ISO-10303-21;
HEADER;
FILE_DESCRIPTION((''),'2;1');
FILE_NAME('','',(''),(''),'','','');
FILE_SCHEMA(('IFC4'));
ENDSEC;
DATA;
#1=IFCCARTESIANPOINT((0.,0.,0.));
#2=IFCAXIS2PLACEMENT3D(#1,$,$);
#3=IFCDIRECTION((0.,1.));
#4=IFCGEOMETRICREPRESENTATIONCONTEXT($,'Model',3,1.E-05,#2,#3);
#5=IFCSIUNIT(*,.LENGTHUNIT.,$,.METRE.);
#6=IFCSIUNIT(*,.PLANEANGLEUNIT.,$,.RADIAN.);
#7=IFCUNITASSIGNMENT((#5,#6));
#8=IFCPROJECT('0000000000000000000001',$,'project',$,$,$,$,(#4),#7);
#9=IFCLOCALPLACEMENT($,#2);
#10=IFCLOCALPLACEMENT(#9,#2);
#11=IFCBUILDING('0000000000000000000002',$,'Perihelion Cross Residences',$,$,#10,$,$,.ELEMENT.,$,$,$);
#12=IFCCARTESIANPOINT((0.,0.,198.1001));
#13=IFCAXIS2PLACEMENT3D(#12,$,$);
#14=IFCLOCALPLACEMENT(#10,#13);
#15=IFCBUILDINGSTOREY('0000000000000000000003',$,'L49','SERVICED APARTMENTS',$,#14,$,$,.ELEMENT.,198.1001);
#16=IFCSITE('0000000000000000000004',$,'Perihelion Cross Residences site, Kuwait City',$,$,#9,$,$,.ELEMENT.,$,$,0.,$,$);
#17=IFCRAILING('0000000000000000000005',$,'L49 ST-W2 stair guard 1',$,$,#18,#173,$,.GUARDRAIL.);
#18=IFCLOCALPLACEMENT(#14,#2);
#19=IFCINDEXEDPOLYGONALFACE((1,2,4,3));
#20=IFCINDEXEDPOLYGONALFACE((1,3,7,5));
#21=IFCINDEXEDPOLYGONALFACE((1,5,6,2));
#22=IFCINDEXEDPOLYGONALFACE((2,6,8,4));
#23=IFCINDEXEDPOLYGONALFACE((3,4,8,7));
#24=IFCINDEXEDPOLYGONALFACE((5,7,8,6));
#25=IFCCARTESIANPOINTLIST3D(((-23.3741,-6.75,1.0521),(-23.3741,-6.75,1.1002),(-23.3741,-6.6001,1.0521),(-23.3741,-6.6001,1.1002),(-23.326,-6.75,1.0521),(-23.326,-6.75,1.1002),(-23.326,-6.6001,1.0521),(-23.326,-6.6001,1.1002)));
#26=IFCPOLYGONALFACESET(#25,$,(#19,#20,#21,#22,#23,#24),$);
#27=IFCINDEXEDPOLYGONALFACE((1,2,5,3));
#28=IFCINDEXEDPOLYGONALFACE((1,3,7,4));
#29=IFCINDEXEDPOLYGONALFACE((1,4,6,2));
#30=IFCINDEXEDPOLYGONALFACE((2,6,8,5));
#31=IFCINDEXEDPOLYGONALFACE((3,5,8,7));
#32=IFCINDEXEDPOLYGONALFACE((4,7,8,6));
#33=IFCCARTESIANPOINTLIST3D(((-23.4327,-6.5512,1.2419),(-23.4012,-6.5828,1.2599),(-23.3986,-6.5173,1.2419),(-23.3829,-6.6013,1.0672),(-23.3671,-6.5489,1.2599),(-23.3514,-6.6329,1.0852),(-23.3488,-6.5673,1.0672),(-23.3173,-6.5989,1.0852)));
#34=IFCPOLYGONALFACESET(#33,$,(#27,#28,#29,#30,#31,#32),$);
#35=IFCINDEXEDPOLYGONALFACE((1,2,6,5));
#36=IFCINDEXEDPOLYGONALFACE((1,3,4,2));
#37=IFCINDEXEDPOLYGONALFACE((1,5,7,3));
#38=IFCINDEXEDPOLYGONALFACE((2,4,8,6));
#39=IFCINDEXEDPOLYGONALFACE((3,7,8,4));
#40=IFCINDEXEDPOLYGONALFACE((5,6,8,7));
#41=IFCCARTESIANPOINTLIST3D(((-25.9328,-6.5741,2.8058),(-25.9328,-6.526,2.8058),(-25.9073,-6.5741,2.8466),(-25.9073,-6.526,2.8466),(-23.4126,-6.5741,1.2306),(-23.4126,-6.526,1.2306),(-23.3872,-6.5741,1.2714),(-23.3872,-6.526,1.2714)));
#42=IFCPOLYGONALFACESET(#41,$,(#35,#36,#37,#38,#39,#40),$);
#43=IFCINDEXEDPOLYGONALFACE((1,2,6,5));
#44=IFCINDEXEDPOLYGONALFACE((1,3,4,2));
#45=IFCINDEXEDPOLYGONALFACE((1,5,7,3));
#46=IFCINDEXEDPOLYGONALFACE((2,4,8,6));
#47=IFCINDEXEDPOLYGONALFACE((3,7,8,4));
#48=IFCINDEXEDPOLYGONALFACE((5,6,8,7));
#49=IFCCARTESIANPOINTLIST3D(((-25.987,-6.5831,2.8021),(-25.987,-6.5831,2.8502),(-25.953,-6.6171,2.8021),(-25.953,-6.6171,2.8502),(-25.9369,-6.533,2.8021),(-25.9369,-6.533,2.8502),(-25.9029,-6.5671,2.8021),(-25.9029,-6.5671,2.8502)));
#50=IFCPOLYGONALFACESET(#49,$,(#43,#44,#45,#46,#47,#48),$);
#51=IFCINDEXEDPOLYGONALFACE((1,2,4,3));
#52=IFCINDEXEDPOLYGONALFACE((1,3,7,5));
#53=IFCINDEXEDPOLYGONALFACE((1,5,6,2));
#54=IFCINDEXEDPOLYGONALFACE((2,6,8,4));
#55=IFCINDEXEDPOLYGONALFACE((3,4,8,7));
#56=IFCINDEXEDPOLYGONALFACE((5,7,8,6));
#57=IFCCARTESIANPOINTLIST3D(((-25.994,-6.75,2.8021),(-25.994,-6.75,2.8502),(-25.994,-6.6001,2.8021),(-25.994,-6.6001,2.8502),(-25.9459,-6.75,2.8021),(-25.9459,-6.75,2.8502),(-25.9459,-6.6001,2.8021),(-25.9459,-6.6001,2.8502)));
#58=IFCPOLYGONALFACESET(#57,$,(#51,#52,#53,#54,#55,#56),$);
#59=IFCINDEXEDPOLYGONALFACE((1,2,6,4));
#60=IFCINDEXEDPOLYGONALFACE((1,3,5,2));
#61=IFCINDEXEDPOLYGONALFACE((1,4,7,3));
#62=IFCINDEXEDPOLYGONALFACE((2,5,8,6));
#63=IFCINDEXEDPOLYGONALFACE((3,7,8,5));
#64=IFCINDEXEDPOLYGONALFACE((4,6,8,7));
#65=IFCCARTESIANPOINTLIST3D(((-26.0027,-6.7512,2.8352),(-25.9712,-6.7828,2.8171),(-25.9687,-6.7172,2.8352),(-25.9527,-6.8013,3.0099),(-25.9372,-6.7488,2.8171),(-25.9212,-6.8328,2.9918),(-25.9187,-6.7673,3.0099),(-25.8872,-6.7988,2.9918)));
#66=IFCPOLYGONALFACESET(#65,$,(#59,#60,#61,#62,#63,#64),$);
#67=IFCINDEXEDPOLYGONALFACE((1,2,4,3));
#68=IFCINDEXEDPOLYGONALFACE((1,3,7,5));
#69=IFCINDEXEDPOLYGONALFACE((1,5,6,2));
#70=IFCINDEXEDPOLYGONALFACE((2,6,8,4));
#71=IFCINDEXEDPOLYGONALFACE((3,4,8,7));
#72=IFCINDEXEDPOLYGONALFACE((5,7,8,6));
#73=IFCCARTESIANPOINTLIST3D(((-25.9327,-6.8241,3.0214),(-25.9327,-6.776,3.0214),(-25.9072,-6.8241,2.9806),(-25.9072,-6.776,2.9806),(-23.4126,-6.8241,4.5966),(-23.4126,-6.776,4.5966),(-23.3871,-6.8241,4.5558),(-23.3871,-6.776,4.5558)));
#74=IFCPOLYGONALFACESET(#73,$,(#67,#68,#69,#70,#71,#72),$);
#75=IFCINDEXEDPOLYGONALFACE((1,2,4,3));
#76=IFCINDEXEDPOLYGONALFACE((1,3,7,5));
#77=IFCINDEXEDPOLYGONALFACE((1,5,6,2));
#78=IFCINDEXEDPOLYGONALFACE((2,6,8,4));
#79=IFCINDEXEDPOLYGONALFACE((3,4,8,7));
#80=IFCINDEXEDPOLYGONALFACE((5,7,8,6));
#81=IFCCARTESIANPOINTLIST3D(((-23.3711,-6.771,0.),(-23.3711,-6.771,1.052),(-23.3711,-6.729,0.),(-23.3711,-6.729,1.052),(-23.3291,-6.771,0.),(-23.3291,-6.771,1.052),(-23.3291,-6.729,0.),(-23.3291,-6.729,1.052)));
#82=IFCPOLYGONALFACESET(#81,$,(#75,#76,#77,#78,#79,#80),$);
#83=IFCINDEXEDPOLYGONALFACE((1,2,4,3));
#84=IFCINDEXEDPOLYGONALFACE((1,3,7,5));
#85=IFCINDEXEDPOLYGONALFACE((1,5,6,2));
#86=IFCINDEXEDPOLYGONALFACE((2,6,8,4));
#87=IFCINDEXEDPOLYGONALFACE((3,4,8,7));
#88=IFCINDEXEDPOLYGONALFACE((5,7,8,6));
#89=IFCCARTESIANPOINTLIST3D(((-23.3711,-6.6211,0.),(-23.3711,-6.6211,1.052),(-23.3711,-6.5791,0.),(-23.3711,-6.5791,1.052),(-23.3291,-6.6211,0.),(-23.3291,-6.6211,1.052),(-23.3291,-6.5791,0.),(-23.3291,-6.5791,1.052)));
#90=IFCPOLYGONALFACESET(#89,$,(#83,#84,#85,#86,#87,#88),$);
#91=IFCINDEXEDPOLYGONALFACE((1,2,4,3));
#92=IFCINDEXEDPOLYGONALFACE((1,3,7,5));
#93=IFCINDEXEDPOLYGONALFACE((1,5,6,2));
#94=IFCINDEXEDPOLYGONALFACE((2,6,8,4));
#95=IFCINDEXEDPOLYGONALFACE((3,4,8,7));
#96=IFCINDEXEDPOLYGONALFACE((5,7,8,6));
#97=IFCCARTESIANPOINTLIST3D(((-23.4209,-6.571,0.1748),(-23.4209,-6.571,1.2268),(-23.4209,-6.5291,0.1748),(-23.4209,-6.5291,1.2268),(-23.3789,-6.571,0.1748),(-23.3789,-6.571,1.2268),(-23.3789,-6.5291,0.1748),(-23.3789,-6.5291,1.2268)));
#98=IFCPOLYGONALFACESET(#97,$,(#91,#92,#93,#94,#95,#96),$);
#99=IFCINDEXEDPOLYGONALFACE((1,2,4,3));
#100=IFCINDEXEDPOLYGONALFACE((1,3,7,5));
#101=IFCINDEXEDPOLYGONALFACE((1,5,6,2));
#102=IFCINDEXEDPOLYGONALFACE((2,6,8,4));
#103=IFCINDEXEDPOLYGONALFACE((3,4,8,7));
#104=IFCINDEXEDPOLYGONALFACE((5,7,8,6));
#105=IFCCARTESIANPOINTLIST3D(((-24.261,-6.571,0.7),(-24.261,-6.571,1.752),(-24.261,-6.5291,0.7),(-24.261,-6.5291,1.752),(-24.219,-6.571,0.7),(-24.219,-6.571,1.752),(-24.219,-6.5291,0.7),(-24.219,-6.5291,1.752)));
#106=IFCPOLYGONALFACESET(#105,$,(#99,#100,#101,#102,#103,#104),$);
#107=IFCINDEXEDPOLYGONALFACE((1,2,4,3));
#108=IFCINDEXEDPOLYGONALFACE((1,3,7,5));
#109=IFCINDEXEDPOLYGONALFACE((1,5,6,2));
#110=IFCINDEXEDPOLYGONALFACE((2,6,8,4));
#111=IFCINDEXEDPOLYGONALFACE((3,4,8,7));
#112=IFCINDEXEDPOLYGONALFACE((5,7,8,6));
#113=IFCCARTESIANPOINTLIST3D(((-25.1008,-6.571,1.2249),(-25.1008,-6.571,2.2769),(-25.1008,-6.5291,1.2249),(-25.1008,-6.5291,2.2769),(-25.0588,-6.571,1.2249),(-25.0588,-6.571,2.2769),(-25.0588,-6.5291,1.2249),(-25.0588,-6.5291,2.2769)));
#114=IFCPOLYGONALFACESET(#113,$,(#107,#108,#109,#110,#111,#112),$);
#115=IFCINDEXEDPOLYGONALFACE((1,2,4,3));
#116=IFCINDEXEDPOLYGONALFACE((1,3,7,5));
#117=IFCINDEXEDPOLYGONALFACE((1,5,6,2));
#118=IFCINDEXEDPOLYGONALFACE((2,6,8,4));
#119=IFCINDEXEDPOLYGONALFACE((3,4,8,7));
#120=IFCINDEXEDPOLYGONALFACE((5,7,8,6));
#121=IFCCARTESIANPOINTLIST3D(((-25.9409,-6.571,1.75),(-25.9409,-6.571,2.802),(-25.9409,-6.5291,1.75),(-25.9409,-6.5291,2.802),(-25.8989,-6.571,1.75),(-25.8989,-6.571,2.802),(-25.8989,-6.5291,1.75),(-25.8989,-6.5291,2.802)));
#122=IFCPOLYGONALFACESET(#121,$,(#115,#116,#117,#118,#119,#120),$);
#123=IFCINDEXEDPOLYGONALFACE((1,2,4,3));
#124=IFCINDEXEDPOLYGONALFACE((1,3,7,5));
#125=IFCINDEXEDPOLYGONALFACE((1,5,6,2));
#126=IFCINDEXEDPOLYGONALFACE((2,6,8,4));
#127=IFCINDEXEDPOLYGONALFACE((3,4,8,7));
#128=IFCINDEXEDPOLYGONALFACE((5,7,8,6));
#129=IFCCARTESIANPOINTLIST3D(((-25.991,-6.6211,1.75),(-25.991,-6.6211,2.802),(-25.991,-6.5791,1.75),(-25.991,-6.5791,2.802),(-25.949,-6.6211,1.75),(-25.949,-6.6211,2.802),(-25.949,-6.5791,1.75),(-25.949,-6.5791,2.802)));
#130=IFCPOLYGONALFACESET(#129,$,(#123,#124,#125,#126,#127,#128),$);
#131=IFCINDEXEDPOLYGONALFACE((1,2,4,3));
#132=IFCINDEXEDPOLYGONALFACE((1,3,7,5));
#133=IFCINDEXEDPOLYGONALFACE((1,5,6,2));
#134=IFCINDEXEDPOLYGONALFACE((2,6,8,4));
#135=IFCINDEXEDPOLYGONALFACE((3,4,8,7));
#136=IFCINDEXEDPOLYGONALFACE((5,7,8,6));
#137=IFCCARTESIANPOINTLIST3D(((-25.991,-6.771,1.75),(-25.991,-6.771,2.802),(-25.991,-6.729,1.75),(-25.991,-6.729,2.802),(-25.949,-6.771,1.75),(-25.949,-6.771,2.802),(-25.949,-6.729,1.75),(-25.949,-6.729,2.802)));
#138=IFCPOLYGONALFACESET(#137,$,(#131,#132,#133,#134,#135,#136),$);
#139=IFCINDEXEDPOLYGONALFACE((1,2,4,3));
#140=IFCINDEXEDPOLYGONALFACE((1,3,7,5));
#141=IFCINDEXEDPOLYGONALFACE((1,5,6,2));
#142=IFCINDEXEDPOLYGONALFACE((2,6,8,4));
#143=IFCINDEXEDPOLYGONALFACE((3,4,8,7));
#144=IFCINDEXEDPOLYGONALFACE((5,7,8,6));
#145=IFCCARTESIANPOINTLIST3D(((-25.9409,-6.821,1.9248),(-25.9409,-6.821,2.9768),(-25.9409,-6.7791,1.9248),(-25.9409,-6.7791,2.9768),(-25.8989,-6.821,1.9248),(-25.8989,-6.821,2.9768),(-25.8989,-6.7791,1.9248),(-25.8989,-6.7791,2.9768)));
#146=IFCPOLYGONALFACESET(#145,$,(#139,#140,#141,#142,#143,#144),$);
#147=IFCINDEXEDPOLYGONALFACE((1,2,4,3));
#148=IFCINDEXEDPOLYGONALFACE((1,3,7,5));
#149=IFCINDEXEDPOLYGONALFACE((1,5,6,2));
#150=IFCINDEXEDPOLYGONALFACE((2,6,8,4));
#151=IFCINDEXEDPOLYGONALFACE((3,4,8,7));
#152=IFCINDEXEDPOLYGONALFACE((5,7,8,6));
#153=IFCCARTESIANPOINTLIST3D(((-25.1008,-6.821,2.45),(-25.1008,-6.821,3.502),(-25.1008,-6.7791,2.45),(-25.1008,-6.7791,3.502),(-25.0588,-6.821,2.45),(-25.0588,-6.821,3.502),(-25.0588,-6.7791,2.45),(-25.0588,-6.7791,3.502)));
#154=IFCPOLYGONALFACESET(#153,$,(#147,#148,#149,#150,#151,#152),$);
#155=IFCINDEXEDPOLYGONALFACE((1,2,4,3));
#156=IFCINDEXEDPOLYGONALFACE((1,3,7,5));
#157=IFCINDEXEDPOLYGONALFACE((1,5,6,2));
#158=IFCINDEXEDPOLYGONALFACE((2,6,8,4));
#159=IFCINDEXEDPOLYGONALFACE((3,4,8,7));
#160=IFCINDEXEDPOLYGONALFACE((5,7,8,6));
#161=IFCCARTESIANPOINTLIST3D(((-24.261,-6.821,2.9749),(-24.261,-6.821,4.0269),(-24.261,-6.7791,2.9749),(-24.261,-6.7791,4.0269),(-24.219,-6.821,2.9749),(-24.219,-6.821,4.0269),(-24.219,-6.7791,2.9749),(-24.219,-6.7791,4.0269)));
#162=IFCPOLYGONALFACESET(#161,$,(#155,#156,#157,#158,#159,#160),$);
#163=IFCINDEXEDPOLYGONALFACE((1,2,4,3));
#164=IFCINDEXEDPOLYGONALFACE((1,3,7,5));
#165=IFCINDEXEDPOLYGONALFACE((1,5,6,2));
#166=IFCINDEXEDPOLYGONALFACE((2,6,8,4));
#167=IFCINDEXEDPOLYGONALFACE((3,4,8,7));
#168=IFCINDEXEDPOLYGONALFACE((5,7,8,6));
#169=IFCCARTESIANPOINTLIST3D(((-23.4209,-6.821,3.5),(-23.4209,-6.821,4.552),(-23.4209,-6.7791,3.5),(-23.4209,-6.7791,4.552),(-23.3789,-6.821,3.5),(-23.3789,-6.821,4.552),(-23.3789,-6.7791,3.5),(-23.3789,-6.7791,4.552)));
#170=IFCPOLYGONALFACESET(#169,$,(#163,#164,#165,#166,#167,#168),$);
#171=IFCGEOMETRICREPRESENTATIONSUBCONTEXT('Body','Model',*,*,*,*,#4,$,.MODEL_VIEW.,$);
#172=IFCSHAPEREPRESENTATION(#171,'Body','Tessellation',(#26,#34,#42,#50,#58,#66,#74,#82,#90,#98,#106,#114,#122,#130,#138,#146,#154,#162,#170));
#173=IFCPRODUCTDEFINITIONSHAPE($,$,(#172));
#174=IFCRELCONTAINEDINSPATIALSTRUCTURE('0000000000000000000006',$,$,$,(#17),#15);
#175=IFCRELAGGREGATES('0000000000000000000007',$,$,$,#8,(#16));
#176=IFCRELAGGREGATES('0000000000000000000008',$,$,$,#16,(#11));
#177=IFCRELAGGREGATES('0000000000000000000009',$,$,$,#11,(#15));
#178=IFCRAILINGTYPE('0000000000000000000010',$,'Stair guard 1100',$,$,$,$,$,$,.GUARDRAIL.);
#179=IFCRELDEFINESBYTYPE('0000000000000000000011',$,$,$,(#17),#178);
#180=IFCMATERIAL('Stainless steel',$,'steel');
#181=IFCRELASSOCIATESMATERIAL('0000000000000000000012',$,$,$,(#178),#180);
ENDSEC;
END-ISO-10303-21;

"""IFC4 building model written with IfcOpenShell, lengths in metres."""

from ifc_helpers import new_model, si_unit, direction, frame, origin, origin_2d, place, context, subcontext, project, spatial, rectangle, extrude, material, type_object, element, save


model = new_model("IFC4")

# Units and contexts
model_context = context("Model", 3, precision=1e-05, world=origin(), true_north=direction((0.0, 1.0)))
body_context = subcontext(model_context, "Body", "Model", "MODEL_VIEW")
ifc_project = project(units=[si_unit("LENGTHUNIT", "METRE"), si_unit("PLANEANGLEUNIT", "RADIAN")], contexts=[model_context])

# Site, building, storey
site_placement = place(None, origin())
site = spatial("IfcSite", under=ifc_project, at=site_placement, Name="Perihelion Cross Residences site, Kuwait City", CompositionType="ELEMENT", RefElevation=0.0)
building_placement = place(site_placement, origin())
building = spatial("IfcBuilding", under=site, at=building_placement, Name="Perihelion Cross Residences", CompositionType="ELEMENT")
storey_placement = place(building_placement, frame((0.0, 0.0, 198.1001)))
storey = spatial("IfcBuildingStorey", under=building, at=storey_placement, Name="L49", Description="SERVICED APARTMENTS", CompositionType="ELEMENT", Elevation=198.1001)

# Railing
ifc_material_1 = material(Name="Stainless steel", Category="steel")
railing_type_1 = type_object("IfcRailingType", Name="Stair guard 1100", PredefinedType="GUARDRAIL", material=ifc_material_1)
railing_1_placement = place(storey_placement, frame((-23.3501, -6.75, 0.0)))
element("IfcRailing", 1, at=railing_1_placement, inside=storey, type_object=railing_type_1, Name="L49 ST-W2 stair guard 1", PredefinedType="GUARDRAIL", context=body_context, shape_type="SweptSolid", body=[
    extrude(rectangle(XDim=0.0481, YDim=0.0481, at=origin_2d()), frame((0.0, 0.0, 1.0762), z_axis=(0.0, 1.0, 0.0), x_axis=(-1.0, 0.0, 0.0)), (0.0, 0.0, 1.0), 0.1499),
    extrude(rectangle(XDim=0.0481, YDim=0.0481, at=origin_2d()), frame((0.0, 0.1499, 1.0762), z_axis=(-0.264179, 0.265474, 0.927218), x_axis=(-0.708834, -0.705376, 0.0)), (0.0, 0.0, 1.0), 0.1885),
    extrude(rectangle(XDim=0.0481, YDim=0.0481, at=origin_2d()), frame((-0.0498, 0.2, 1.251), z_axis=(-0.847971, 0.0, 0.530043), x_axis=(0.0, -1.0, 0.0)), (0.0, 0.0, 1.0), 2.9719),
    extrude(rectangle(XDim=0.0481, YDim=0.0481, at=origin_2d()), frame((-2.5698, 0.2, 2.8262), z_axis=(-0.707107, -0.707107, 0.0), x_axis=(0.707107, -0.707107, 0.0)), (0.0, 0.0, 1.0), 0.0708),
    extrude(rectangle(XDim=0.0481, YDim=0.0481, at=origin_2d()), frame((-2.6199, 0.1499, 2.8262), z_axis=(0.0, -1.0, 0.0), x_axis=(1.0, 0.0, 0.0)), (0.0, 0.0, 1.0), 0.1499),
    extrude(rectangle(XDim=0.0481, YDim=0.0481, at=origin_2d()), frame((-2.6199, 0.0, 2.8262), z_axis=(0.265383, -0.265383, 0.9269), x_axis=(0.707107, 0.707107, 0.0)), (0.0, 0.0, 1.0), 0.1885),
    extrude(rectangle(XDim=0.0481, YDim=0.0481, at=origin_2d()), frame((-2.5698, -0.05, 3.001), z_axis=(0.847971, 0.0, 0.530043), x_axis=(0.0, 1.0, 0.0)), (0.0, 0.0, 1.0), 2.9719),
    extrude(rectangle(XDim=0.042, YDim=0.042, at=origin_2d()), origin(), (0.0, 0.0, 1.0), 1.052),
    extrude(rectangle(XDim=0.042, YDim=0.042, at=origin_2d()), frame((0.0, 0.1499, 0.0)), (0.0, 0.0, 1.0), 1.052),
    extrude(rectangle(XDim=0.042, YDim=0.042, at=origin_2d()), frame((-0.0498, 0.2, 0.1748)), (0.0, 0.0, 1.0), 1.052),
    extrude(rectangle(XDim=0.042, YDim=0.042, at=origin_2d()), frame((-0.8899, 0.2, 0.7)), (0.0, 0.0, 1.0), 1.052),
    extrude(rectangle(XDim=0.042, YDim=0.042, at=origin_2d()), frame((-1.7297, 0.2, 1.2249)), (0.0, 0.0, 1.0), 1.052),
    extrude(rectangle(XDim=0.042, YDim=0.042, at=origin_2d()), frame((-2.5698, 0.2, 1.75)), (0.0, 0.0, 1.0), 1.052),
    extrude(rectangle(XDim=0.042, YDim=0.042, at=origin_2d()), frame((-2.6199, 0.1499, 1.75)), (0.0, 0.0, 1.0), 1.052),
    extrude(rectangle(XDim=0.042, YDim=0.042, at=origin_2d()), frame((-2.6199, 0.0, 1.75)), (0.0, 0.0, 1.0), 1.052),
    extrude(rectangle(XDim=0.042, YDim=0.042, at=origin_2d()), frame((-2.5698, -0.05, 1.9248)), (0.0, 0.0, 1.0), 1.052),
    extrude(rectangle(XDim=0.042, YDim=0.042, at=origin_2d()), frame((-1.7297, -0.05, 2.45)), (0.0, 0.0, 1.0), 1.052),
    extrude(rectangle(XDim=0.042, YDim=0.042, at=origin_2d()), frame((-0.8899, -0.05, 2.9749)), (0.0, 0.0, 1.0), 1.052),
    extrude(rectangle(XDim=0.042, YDim=0.042, at=origin_2d()), frame((-0.0498, -0.05, 3.5)), (0.0, 0.0, 1.0), 1.052),
])

save(model, "model.ifc")
